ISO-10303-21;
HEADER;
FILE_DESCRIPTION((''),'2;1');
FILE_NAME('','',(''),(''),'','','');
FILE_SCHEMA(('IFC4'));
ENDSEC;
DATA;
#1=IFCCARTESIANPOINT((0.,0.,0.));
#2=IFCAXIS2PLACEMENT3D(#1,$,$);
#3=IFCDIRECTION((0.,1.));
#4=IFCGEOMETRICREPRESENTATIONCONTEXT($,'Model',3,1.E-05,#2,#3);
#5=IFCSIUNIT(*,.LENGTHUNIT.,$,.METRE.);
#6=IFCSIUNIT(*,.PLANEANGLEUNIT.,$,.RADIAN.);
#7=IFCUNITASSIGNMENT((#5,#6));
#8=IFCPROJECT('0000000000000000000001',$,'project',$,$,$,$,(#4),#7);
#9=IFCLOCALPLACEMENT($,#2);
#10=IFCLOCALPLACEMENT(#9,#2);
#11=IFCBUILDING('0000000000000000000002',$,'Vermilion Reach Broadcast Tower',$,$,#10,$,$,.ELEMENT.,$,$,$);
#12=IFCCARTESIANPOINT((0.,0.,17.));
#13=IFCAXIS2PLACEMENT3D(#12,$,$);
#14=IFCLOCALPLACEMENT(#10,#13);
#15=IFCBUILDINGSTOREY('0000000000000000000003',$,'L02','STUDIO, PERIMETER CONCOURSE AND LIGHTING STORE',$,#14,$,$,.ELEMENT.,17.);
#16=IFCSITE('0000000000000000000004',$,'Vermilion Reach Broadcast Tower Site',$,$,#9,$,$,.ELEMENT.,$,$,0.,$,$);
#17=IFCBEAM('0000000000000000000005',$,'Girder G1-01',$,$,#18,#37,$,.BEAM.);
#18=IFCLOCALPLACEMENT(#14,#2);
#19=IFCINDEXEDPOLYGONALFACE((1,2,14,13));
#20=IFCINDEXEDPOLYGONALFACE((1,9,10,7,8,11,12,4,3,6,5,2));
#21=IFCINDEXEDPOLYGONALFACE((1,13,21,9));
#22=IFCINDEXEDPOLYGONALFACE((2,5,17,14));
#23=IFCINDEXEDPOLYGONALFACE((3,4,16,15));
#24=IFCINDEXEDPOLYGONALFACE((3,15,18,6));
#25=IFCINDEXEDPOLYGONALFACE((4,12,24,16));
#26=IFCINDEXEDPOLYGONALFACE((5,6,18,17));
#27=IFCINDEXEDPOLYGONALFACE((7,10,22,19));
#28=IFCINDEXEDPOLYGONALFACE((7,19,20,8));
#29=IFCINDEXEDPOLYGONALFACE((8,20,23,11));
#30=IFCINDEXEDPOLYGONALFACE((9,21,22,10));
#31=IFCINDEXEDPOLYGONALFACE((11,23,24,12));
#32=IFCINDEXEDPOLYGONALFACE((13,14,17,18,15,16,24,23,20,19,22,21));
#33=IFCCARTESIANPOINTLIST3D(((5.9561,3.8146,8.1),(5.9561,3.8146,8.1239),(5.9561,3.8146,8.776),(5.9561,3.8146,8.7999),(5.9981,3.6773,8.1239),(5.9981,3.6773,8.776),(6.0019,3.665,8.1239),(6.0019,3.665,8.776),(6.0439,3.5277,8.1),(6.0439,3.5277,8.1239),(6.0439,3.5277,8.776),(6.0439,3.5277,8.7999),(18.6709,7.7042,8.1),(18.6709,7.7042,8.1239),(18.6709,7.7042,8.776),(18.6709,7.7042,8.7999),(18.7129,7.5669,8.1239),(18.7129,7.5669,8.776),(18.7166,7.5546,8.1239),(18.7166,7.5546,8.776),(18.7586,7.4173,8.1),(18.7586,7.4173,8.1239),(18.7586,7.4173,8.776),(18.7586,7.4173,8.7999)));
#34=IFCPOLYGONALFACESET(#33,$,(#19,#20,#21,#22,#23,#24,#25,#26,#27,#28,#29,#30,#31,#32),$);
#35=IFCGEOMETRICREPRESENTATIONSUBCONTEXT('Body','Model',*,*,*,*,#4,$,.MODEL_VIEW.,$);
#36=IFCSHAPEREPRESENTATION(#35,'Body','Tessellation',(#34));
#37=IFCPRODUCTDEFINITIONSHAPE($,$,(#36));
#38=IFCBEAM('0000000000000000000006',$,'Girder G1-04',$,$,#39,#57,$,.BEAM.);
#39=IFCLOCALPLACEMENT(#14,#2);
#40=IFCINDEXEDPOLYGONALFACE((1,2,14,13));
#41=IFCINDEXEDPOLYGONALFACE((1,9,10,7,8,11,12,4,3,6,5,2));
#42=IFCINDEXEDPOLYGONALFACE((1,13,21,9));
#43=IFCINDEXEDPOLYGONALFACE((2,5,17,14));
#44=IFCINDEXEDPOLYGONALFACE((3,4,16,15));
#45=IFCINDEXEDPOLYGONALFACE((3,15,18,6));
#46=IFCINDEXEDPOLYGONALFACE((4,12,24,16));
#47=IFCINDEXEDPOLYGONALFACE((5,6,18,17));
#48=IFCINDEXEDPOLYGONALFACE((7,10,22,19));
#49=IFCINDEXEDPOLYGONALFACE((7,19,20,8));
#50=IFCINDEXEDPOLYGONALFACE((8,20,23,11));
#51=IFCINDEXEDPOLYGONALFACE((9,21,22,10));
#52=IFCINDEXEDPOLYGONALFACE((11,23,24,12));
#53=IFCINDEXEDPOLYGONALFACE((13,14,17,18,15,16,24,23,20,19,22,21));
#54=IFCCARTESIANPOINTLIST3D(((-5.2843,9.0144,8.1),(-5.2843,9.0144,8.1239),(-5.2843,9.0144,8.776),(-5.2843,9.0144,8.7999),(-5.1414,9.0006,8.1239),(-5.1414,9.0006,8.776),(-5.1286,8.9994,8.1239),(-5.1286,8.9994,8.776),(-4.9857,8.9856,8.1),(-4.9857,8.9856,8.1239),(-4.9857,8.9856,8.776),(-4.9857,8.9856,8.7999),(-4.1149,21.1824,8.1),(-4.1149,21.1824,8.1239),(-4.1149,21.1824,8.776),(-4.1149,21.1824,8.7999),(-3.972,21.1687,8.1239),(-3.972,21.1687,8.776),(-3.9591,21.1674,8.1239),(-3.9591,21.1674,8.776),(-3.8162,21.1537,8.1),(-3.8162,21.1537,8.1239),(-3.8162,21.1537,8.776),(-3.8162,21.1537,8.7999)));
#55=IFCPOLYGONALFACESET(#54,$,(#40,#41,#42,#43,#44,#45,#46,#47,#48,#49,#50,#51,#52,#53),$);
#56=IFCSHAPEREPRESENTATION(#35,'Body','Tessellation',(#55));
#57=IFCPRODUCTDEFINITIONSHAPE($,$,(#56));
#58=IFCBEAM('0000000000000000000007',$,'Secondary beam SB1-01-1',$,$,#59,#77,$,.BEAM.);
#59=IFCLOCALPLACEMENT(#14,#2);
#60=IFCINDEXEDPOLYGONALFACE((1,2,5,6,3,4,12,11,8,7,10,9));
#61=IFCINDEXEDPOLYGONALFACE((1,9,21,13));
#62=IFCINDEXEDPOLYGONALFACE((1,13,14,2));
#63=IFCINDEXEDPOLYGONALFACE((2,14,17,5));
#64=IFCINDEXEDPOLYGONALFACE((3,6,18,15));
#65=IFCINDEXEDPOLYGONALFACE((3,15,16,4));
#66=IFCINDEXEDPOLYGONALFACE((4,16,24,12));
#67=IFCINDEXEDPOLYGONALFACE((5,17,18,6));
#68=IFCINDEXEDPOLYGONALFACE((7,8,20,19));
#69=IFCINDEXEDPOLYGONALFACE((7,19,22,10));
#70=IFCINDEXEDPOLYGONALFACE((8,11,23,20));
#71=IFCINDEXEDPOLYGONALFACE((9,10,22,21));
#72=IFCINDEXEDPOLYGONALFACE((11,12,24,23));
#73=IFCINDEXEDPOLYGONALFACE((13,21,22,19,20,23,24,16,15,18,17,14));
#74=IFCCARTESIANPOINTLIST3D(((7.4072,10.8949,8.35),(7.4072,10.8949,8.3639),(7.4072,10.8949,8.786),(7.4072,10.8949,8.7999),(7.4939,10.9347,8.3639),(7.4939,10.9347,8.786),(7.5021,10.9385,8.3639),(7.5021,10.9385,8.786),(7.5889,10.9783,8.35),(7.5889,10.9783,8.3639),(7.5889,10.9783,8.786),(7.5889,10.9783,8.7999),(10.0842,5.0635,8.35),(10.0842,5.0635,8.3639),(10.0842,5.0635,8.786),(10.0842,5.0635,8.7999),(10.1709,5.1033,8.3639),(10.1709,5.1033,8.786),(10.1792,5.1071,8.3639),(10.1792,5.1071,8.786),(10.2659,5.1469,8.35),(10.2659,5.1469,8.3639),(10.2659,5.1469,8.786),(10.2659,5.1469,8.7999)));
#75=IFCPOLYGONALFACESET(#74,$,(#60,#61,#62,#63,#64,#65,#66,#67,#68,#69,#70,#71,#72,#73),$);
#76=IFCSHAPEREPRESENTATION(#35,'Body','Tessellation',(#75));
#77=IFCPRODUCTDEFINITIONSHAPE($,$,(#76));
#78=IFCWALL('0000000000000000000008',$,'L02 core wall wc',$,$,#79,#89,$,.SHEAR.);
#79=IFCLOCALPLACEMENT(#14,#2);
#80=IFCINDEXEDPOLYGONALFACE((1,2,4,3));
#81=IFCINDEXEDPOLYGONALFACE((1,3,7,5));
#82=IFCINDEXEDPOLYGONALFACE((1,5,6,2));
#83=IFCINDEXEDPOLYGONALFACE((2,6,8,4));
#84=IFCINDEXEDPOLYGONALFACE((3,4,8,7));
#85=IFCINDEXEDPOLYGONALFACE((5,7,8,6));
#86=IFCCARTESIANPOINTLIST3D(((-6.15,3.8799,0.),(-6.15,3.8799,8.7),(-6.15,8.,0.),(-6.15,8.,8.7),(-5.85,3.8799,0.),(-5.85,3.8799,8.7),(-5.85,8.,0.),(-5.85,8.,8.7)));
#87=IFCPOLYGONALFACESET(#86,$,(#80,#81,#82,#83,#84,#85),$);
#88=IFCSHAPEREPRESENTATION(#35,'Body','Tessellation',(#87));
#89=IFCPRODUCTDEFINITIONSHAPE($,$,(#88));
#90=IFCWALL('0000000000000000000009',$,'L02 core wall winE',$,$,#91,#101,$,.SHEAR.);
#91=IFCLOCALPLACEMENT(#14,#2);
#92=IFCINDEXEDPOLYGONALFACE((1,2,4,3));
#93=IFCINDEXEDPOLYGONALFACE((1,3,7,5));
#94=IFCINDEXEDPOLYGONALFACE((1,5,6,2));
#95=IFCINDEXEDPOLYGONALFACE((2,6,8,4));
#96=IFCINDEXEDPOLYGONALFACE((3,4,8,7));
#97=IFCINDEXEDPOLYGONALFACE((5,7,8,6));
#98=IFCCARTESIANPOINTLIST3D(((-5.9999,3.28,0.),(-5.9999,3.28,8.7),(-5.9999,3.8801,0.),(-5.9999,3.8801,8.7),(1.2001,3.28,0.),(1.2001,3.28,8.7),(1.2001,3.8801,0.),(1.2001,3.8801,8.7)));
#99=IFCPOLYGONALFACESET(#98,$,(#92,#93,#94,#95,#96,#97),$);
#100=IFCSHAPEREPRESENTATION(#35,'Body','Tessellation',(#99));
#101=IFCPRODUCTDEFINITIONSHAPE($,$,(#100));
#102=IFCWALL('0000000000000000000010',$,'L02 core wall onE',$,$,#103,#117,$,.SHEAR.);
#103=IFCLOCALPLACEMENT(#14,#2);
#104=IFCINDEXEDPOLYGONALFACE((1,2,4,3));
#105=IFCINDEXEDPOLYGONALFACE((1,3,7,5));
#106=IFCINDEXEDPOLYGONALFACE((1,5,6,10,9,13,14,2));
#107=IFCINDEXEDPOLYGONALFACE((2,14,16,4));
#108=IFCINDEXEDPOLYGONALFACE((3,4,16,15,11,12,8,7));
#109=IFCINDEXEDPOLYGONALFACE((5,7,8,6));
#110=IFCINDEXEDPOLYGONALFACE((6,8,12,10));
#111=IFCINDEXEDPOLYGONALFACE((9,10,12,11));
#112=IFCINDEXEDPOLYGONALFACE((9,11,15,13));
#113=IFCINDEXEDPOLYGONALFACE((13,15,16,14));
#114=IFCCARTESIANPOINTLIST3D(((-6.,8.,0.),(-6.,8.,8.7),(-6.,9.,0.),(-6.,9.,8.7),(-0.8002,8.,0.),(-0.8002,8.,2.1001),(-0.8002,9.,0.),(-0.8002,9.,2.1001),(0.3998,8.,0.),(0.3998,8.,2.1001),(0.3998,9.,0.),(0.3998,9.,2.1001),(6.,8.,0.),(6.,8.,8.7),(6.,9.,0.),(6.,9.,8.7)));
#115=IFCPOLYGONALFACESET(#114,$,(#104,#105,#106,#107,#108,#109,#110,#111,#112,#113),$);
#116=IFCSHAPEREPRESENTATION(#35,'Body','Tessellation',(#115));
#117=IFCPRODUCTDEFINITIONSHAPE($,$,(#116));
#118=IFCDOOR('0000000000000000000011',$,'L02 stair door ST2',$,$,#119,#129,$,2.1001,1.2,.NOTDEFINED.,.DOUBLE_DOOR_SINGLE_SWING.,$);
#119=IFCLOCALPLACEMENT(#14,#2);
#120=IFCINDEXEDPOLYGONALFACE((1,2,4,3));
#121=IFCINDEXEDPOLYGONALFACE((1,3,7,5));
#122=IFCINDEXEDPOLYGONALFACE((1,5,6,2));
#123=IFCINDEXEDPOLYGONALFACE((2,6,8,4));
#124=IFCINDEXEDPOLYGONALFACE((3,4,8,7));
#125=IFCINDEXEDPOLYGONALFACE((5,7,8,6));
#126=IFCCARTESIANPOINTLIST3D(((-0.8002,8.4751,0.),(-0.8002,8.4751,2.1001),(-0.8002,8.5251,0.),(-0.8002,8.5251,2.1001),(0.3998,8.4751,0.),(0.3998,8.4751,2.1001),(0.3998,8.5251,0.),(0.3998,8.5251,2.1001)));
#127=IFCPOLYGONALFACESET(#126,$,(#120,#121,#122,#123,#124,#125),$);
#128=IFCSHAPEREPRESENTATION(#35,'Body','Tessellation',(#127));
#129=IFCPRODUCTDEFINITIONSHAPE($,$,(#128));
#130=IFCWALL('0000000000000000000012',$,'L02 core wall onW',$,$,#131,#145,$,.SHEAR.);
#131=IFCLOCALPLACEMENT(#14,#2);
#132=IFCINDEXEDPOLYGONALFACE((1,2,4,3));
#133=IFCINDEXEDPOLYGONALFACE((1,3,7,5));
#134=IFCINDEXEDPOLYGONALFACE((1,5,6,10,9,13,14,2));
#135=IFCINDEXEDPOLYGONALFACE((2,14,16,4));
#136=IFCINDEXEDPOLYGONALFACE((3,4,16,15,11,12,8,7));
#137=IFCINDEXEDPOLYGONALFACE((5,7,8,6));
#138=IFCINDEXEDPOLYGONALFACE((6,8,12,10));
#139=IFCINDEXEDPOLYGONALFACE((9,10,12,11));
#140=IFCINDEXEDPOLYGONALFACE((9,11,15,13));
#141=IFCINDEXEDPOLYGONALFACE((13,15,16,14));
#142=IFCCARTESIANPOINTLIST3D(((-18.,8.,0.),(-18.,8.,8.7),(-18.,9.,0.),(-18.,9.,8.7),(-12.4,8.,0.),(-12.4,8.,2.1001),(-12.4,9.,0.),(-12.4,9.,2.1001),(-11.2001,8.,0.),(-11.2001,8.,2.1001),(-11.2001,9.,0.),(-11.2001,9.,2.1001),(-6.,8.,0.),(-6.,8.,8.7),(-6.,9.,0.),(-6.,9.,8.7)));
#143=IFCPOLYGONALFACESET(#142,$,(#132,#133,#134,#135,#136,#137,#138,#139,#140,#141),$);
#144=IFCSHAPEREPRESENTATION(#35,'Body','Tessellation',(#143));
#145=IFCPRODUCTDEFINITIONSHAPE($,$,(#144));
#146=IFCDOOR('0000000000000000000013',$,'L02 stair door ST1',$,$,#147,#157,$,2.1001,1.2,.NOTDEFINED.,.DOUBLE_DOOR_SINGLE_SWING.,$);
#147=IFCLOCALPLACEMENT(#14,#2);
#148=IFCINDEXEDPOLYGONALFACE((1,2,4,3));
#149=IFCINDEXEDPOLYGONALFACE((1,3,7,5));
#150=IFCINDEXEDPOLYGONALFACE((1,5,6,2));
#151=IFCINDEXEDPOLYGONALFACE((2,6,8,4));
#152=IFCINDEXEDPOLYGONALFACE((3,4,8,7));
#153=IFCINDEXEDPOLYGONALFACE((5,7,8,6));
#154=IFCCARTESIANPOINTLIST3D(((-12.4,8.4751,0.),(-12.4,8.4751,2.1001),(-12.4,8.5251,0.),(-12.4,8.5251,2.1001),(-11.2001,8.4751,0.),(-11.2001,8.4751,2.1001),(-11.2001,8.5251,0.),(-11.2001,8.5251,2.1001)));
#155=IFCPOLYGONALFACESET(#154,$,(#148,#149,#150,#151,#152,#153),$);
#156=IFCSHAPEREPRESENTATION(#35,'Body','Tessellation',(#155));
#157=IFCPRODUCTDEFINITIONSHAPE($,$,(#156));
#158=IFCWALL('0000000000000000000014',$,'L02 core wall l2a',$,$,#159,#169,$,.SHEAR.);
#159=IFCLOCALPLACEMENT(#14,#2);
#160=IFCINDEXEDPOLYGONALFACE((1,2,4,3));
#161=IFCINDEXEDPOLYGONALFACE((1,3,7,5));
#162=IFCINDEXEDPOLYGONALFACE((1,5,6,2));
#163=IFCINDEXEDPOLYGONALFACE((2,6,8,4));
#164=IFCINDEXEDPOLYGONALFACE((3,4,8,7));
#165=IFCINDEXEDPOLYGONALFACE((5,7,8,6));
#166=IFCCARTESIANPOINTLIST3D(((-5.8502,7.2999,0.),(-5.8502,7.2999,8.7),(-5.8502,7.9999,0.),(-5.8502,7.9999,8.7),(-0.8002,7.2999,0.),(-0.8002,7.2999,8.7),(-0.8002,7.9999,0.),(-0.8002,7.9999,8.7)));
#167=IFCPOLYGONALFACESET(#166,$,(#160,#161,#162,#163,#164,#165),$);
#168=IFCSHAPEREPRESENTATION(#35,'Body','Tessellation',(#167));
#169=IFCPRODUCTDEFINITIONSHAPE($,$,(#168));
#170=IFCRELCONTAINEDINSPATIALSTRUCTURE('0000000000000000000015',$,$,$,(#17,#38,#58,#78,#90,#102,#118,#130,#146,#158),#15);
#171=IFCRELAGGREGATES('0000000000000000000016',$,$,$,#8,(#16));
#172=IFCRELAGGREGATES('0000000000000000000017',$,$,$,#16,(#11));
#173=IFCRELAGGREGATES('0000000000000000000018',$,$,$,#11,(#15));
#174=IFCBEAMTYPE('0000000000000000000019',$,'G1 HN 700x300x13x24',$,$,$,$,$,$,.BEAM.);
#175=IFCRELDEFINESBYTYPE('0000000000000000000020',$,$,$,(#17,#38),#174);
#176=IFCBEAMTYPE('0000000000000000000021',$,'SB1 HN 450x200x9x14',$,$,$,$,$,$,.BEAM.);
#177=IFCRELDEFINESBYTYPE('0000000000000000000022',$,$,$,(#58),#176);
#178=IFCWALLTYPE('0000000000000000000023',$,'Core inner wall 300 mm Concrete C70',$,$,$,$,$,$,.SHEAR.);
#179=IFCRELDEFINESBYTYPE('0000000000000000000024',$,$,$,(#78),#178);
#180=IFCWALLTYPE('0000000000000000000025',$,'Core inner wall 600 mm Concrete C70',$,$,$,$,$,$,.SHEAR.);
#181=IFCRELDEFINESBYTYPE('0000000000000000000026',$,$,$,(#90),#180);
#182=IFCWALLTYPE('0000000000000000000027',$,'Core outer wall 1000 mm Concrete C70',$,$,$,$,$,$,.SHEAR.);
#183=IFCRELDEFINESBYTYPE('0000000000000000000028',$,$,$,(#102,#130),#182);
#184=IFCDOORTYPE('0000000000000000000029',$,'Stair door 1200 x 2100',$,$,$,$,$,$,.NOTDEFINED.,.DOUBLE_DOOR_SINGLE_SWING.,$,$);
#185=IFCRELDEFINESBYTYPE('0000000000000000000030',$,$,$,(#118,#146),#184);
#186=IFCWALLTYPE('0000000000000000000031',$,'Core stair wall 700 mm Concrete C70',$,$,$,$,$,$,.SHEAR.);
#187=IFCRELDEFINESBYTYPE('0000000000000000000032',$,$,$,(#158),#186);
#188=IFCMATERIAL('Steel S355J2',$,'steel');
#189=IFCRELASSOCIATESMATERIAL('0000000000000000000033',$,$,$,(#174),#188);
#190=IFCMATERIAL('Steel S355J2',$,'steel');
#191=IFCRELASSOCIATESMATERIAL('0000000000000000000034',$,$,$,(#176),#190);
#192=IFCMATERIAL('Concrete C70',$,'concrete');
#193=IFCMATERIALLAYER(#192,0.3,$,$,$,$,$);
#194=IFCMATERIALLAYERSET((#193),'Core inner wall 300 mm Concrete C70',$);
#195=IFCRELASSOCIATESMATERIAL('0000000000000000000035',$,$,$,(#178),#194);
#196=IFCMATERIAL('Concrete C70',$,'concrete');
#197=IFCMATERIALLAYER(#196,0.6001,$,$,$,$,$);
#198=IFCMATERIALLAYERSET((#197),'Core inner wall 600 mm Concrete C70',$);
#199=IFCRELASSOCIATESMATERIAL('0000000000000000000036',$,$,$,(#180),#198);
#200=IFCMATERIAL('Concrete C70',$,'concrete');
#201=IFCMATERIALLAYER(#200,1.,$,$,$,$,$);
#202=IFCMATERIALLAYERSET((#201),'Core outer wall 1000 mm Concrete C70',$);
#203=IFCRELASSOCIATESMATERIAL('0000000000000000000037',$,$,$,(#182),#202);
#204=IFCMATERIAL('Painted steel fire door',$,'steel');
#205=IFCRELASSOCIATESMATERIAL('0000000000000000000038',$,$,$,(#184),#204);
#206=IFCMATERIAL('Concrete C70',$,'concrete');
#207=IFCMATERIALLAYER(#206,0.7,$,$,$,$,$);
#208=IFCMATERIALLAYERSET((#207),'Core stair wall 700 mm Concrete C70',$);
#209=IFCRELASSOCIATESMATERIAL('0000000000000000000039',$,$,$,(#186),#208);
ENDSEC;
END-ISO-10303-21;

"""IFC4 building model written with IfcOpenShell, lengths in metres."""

from ifc_helpers import new_model, si_unit, direction, frame, frame_2d, origin, origin_2d, place, context, subcontext, project, spatial, rectangle, i_section, extrude, material, layer, layer_set, material_profile, profile_set, type_object, element, fill, save


model = new_model("IFC4")

# Units and contexts
model_context = context("Model", 3, precision=1e-05, world=origin(), true_north=direction((0.0, 1.0)))
body_context = subcontext(model_context, "Body", "Model", "MODEL_VIEW")
ifc_project = project(units=[si_unit("LENGTHUNIT", "METRE"), si_unit("PLANEANGLEUNIT", "RADIAN")], contexts=[model_context])

# Site, building, storey
site_placement = place(None, origin())
site = spatial("IfcSite", under=ifc_project, at=site_placement, Name="Vermilion Reach Broadcast Tower Site", CompositionType="ELEMENT", RefElevation=0.0)
building_placement = place(site_placement, origin())
building = spatial("IfcBuilding", under=site, at=building_placement, Name="Vermilion Reach Broadcast Tower", CompositionType="ELEMENT")
storey_placement = place(building_placement, frame((0.0, 0.0, 17.0)))
storey = spatial("IfcBuildingStorey", under=building, at=storey_placement, Name="L02", Description="STUDIO, PERIMETER CONCOURSE AND LIGHTING STORE", CompositionType="ELEMENT", Elevation=17.0)

# Beams
ifc_material_1 = material(Name="Steel S355J2", Category="steel")
ifc_material_profile_1 = material_profile(ifc_material_1, i_section(OverallWidth=0.3, OverallDepth=0.7, WebThickness=0.0129, FlangeThickness=0.0239, at=origin_2d()), Name="S355J2 HN 700x300x13x24")
ifc_profile_set_1 = profile_set([ifc_material_profile_1], Name="Steel S355J2")
beam_type_1 = type_object("IfcBeamType", Name="G1 HN 700x300x13x24", PredefinedType="BEAM", material=ifc_profile_set_1)
beam_1_placement = place(storey_placement, frame((6.0, 3.6711, 8.45), z_axis=(0.956256, 0.292532, 0.0), x_axis=(-0.292532, 0.956256, 0.0)))
element("IfcBeam", 1, at=beam_1_placement, inside=storey, type_object=beam_type_1, Name="Girder G1-01", PredefinedType="BEAM", context=body_context, shape_type="SweptSolid", body=[
    extrude(i_section(OverallWidth=0.3, OverallDepth=0.7, WebThickness=0.0129, FlangeThickness=0.0239, at=origin_2d()), origin(), (0.0, 0.0, 1.0), 13.2964),
])
beam_2_placement = place(storey_placement, frame((-5.135, 9.0, 8.45), z_axis=(0.095667, 0.995413, 0.0), x_axis=(-0.995413, 0.095667, 0.0)))
element("IfcBeam", 2, at=beam_2_placement, inside=storey, type_object=beam_type_1, Name="Girder G1-04", PredefinedType="BEAM", context=body_context, shape_type="SweptSolid", body=[
    extrude(i_section(OverallWidth=0.3, OverallDepth=0.7, WebThickness=0.0129, FlangeThickness=0.0239, at=origin_2d()), origin(), (0.0, 0.0, 1.0), 12.2241),
])
ifc_material_2 = material(Name="Steel S355J2", Category="steel")
ifc_material_profile_2 = material_profile(ifc_material_2, i_section(OverallWidth=0.2, OverallDepth=0.45, WebThickness=0.009, FlangeThickness=0.0139, at=origin_2d()), Name="S355J2 HN 450x200x9x14")
ifc_profile_set_2 = profile_set([ifc_material_profile_2], Name="Steel S355J2")
beam_type_2 = type_object("IfcBeamType", Name="SB1 HN 450x200x9x14", PredefinedType="BEAM", material=ifc_profile_set_2)
beam_3_placement = place(storey_placement, frame((10.175, 5.1052, 8.575), z_axis=(-0.417211, 0.908809, 0.0), x_axis=(-0.908809, -0.417211, 0.0)))
element("IfcBeam", 3, at=beam_3_placement, inside=storey, type_object=beam_type_2, Name="Secondary beam SB1-01-1", PredefinedType="BEAM", context=body_context, shape_type="SweptSolid", body=[
    extrude(i_section(OverallWidth=0.2, OverallDepth=0.45, WebThickness=0.009, FlangeThickness=0.0139, at=origin_2d()), origin(), (0.0, 0.0, 1.0), 6.4165),
])

# Walls
ifc_material_3 = material(Name="Concrete C70", Category="concrete")
ifc_layer_1 = layer(ifc_material_3, 0.3)
ifc_layer_set_1 = layer_set([ifc_layer_1], Name="Core inner wall 300 mm Concrete C70")
wall_type_1 = type_object("IfcWallType", Name="Core inner wall 300 mm Concrete C70", PredefinedType="SHEAR", material=ifc_layer_set_1)
wall_1_placement = place(storey_placement, frame((-6.0, 3.8799, 0.0), z_axis=(0.0, 0.0, 1.0), x_axis=(0.0, 1.0, 0.0)))
element("IfcWall", 4, at=wall_1_placement, inside=storey, type_object=wall_type_1, Name="L02 core wall wc", PredefinedType="SHEAR", context=body_context, shape_type="SweptSolid", body=[
    extrude(rectangle(XDim=4.1201, YDim=0.3, at=frame_2d((2.0601, 0.0))), origin(), (0.0, 0.0, 1.0), 8.7),
])
ifc_material_4 = material(Name="Concrete C70", Category="concrete")
ifc_layer_2 = layer(ifc_material_4, 0.6001)
ifc_layer_set_2 = layer_set([ifc_layer_2], Name="Core inner wall 600 mm Concrete C70")
wall_type_2 = type_object("IfcWallType", Name="Core inner wall 600 mm Concrete C70", PredefinedType="SHEAR", material=ifc_layer_set_2)
wall_2_placement = place(storey_placement, frame((-6.0, 3.5801, 0.0), z_axis=(0.0, 0.0, 1.0), x_axis=(1.0, 0.0, 0.0)))
element("IfcWall", 5, at=wall_2_placement, inside=storey, type_object=wall_type_2, Name="L02 core wall winE", PredefinedType="SHEAR", context=body_context, shape_type="SweptSolid", body=[
    extrude(rectangle(XDim=7.2, YDim=0.6001, at=frame_2d((3.6001, 0.0))), origin(), (0.0, 0.0, 1.0), 8.7),
])

# Walls, openings, doors
ifc_material_5 = material(Name="Concrete C70", Category="concrete")
ifc_layer_3 = layer(ifc_material_5, 1.0)
ifc_layer_set_3 = layer_set([ifc_layer_3], Name="Core outer wall 1000 mm Concrete C70")
wall_type_3 = type_object("IfcWallType", Name="Core outer wall 1000 mm Concrete C70", PredefinedType="SHEAR", material=ifc_layer_set_3)
wall_3_placement = place(storey_placement, frame((6.0, 8.5, 0.0), z_axis=(0.0, 0.0, 1.0), x_axis=(-1.0, 0.0, 0.0)))
wall_3 = element("IfcWall", 6, at=wall_3_placement, inside=storey, type_object=wall_type_3, Name="L02 core wall onE", PredefinedType="SHEAR", context=body_context, shape_type="SweptSolid", body=[
    extrude(rectangle(XDim=12.0, YDim=1.0, at=frame_2d((6.0, 0.0))), origin(), (0.0, 0.0, 1.0), 8.7),
])
opening_1_placement = place(wall_3_placement, frame((5.6001, 0.0, 0.0)))
opening_1 = element("IfcOpeningElement", 7, at=opening_1_placement, cuts=wall_3, PredefinedType="OPENING", context=body_context, shape_type="SweptSolid", body=[
    extrude(rectangle(XDim=1.2, YDim=2.1001, at=frame_2d((0.6001, 1.05))), frame((0.0, 0.51, 0.0), z_axis=(0.0, -1.0, 0.0), x_axis=(1.0, 0.0, 0.0)), (0.0, 0.0, 1.0), 1.02),
])
ifc_material_6 = material(Name="Painted steel fire door", Category="steel")
door_type = type_object("IfcDoorType", Name="Stair door 1200 x 2100", OperationType="DOUBLE_DOOR_SINGLE_SWING", PredefinedType="NOTDEFINED", material=ifc_material_6)
door_1_placement = place(opening_1_placement, origin())
door_1 = element("IfcDoor", 8, at=door_1_placement, inside=storey, type_object=door_type, Name="L02 stair door ST2", OperationType="DOUBLE_DOOR_SINGLE_SWING", OverallHeight=2.1001, OverallWidth=1.2, PredefinedType="NOTDEFINED", context=body_context, shape_type="SweptSolid", body=[
    extrude(rectangle(XDim=1.2, YDim=2.1001, at=frame_2d((0.6001, 1.05))), frame((0.0, 0.0249, 0.0), z_axis=(0.0, -1.0, 0.0), x_axis=(1.0, 0.0, 0.0)), (0.0, 0.0, 1.0), 0.05),
])
fill(opening_1, door_1)
wall_4_placement = place(storey_placement, frame((-6.0, 8.5, 0.0), z_axis=(0.0, 0.0, 1.0), x_axis=(-1.0, 0.0, 0.0)))
wall_4 = element("IfcWall", 9, at=wall_4_placement, inside=storey, type_object=wall_type_3, Name="L02 core wall onW", PredefinedType="SHEAR", context=body_context, shape_type="SweptSolid", body=[
    extrude(rectangle(XDim=12.0, YDim=1.0, at=frame_2d((6.0, 0.0))), origin(), (0.0, 0.0, 1.0), 8.7),
])
opening_2_placement = place(wall_4_placement, frame((5.2, 0.0, 0.0)))
opening_2 = element("IfcOpeningElement", 10, at=opening_2_placement, cuts=wall_4, PredefinedType="OPENING", context=body_context, shape_type="SweptSolid", body=[
    extrude(rectangle(XDim=1.2, YDim=2.1001, at=frame_2d((0.6001, 1.05))), frame((0.0, 0.51, 0.0), z_axis=(0.0, -1.0, 0.0), x_axis=(1.0, 0.0, 0.0)), (0.0, 0.0, 1.0), 1.02),
])
door_2_placement = place(opening_2_placement, origin())
door_2 = element("IfcDoor", 11, at=door_2_placement, inside=storey, type_object=door_type, Name="L02 stair door ST1", OperationType="DOUBLE_DOOR_SINGLE_SWING", OverallHeight=2.1001, OverallWidth=1.2, PredefinedType="NOTDEFINED", context=body_context, shape_type="SweptSolid", body=[
    extrude(rectangle(XDim=1.2, YDim=2.1001, at=frame_2d((0.6001, 1.05))), frame((0.0, 0.0249, 0.0), z_axis=(0.0, -1.0, 0.0), x_axis=(1.0, 0.0, 0.0)), (0.0, 0.0, 1.0), 0.05),
])
fill(opening_2, door_2)

# Wall
ifc_material_7 = material(Name="Concrete C70", Category="concrete")
ifc_layer_4 = layer(ifc_material_7, 0.7)
ifc_layer_set_4 = layer_set([ifc_layer_4], Name="Core stair wall 700 mm Concrete C70")
wall_type_4 = type_object("IfcWallType", Name="Core stair wall 700 mm Concrete C70", PredefinedType="SHEAR", material=ifc_layer_set_4)
wall_5_placement = place(storey_placement, frame((-5.8501, 7.6499, 0.0), z_axis=(0.0, 0.0, 1.0), x_axis=(1.0, 0.0, 0.0)))
element("IfcWall", 12, at=wall_5_placement, inside=storey, type_object=wall_type_4, Name="L02 core wall l2a", PredefinedType="SHEAR", context=body_context, shape_type="SweptSolid", body=[
    extrude(rectangle(XDim=5.05, YDim=0.7, at=frame_2d((2.5249, 0.0))), origin(), (0.0, 0.0, 1.0), 8.7),
])

save(model, "model.ifc")
